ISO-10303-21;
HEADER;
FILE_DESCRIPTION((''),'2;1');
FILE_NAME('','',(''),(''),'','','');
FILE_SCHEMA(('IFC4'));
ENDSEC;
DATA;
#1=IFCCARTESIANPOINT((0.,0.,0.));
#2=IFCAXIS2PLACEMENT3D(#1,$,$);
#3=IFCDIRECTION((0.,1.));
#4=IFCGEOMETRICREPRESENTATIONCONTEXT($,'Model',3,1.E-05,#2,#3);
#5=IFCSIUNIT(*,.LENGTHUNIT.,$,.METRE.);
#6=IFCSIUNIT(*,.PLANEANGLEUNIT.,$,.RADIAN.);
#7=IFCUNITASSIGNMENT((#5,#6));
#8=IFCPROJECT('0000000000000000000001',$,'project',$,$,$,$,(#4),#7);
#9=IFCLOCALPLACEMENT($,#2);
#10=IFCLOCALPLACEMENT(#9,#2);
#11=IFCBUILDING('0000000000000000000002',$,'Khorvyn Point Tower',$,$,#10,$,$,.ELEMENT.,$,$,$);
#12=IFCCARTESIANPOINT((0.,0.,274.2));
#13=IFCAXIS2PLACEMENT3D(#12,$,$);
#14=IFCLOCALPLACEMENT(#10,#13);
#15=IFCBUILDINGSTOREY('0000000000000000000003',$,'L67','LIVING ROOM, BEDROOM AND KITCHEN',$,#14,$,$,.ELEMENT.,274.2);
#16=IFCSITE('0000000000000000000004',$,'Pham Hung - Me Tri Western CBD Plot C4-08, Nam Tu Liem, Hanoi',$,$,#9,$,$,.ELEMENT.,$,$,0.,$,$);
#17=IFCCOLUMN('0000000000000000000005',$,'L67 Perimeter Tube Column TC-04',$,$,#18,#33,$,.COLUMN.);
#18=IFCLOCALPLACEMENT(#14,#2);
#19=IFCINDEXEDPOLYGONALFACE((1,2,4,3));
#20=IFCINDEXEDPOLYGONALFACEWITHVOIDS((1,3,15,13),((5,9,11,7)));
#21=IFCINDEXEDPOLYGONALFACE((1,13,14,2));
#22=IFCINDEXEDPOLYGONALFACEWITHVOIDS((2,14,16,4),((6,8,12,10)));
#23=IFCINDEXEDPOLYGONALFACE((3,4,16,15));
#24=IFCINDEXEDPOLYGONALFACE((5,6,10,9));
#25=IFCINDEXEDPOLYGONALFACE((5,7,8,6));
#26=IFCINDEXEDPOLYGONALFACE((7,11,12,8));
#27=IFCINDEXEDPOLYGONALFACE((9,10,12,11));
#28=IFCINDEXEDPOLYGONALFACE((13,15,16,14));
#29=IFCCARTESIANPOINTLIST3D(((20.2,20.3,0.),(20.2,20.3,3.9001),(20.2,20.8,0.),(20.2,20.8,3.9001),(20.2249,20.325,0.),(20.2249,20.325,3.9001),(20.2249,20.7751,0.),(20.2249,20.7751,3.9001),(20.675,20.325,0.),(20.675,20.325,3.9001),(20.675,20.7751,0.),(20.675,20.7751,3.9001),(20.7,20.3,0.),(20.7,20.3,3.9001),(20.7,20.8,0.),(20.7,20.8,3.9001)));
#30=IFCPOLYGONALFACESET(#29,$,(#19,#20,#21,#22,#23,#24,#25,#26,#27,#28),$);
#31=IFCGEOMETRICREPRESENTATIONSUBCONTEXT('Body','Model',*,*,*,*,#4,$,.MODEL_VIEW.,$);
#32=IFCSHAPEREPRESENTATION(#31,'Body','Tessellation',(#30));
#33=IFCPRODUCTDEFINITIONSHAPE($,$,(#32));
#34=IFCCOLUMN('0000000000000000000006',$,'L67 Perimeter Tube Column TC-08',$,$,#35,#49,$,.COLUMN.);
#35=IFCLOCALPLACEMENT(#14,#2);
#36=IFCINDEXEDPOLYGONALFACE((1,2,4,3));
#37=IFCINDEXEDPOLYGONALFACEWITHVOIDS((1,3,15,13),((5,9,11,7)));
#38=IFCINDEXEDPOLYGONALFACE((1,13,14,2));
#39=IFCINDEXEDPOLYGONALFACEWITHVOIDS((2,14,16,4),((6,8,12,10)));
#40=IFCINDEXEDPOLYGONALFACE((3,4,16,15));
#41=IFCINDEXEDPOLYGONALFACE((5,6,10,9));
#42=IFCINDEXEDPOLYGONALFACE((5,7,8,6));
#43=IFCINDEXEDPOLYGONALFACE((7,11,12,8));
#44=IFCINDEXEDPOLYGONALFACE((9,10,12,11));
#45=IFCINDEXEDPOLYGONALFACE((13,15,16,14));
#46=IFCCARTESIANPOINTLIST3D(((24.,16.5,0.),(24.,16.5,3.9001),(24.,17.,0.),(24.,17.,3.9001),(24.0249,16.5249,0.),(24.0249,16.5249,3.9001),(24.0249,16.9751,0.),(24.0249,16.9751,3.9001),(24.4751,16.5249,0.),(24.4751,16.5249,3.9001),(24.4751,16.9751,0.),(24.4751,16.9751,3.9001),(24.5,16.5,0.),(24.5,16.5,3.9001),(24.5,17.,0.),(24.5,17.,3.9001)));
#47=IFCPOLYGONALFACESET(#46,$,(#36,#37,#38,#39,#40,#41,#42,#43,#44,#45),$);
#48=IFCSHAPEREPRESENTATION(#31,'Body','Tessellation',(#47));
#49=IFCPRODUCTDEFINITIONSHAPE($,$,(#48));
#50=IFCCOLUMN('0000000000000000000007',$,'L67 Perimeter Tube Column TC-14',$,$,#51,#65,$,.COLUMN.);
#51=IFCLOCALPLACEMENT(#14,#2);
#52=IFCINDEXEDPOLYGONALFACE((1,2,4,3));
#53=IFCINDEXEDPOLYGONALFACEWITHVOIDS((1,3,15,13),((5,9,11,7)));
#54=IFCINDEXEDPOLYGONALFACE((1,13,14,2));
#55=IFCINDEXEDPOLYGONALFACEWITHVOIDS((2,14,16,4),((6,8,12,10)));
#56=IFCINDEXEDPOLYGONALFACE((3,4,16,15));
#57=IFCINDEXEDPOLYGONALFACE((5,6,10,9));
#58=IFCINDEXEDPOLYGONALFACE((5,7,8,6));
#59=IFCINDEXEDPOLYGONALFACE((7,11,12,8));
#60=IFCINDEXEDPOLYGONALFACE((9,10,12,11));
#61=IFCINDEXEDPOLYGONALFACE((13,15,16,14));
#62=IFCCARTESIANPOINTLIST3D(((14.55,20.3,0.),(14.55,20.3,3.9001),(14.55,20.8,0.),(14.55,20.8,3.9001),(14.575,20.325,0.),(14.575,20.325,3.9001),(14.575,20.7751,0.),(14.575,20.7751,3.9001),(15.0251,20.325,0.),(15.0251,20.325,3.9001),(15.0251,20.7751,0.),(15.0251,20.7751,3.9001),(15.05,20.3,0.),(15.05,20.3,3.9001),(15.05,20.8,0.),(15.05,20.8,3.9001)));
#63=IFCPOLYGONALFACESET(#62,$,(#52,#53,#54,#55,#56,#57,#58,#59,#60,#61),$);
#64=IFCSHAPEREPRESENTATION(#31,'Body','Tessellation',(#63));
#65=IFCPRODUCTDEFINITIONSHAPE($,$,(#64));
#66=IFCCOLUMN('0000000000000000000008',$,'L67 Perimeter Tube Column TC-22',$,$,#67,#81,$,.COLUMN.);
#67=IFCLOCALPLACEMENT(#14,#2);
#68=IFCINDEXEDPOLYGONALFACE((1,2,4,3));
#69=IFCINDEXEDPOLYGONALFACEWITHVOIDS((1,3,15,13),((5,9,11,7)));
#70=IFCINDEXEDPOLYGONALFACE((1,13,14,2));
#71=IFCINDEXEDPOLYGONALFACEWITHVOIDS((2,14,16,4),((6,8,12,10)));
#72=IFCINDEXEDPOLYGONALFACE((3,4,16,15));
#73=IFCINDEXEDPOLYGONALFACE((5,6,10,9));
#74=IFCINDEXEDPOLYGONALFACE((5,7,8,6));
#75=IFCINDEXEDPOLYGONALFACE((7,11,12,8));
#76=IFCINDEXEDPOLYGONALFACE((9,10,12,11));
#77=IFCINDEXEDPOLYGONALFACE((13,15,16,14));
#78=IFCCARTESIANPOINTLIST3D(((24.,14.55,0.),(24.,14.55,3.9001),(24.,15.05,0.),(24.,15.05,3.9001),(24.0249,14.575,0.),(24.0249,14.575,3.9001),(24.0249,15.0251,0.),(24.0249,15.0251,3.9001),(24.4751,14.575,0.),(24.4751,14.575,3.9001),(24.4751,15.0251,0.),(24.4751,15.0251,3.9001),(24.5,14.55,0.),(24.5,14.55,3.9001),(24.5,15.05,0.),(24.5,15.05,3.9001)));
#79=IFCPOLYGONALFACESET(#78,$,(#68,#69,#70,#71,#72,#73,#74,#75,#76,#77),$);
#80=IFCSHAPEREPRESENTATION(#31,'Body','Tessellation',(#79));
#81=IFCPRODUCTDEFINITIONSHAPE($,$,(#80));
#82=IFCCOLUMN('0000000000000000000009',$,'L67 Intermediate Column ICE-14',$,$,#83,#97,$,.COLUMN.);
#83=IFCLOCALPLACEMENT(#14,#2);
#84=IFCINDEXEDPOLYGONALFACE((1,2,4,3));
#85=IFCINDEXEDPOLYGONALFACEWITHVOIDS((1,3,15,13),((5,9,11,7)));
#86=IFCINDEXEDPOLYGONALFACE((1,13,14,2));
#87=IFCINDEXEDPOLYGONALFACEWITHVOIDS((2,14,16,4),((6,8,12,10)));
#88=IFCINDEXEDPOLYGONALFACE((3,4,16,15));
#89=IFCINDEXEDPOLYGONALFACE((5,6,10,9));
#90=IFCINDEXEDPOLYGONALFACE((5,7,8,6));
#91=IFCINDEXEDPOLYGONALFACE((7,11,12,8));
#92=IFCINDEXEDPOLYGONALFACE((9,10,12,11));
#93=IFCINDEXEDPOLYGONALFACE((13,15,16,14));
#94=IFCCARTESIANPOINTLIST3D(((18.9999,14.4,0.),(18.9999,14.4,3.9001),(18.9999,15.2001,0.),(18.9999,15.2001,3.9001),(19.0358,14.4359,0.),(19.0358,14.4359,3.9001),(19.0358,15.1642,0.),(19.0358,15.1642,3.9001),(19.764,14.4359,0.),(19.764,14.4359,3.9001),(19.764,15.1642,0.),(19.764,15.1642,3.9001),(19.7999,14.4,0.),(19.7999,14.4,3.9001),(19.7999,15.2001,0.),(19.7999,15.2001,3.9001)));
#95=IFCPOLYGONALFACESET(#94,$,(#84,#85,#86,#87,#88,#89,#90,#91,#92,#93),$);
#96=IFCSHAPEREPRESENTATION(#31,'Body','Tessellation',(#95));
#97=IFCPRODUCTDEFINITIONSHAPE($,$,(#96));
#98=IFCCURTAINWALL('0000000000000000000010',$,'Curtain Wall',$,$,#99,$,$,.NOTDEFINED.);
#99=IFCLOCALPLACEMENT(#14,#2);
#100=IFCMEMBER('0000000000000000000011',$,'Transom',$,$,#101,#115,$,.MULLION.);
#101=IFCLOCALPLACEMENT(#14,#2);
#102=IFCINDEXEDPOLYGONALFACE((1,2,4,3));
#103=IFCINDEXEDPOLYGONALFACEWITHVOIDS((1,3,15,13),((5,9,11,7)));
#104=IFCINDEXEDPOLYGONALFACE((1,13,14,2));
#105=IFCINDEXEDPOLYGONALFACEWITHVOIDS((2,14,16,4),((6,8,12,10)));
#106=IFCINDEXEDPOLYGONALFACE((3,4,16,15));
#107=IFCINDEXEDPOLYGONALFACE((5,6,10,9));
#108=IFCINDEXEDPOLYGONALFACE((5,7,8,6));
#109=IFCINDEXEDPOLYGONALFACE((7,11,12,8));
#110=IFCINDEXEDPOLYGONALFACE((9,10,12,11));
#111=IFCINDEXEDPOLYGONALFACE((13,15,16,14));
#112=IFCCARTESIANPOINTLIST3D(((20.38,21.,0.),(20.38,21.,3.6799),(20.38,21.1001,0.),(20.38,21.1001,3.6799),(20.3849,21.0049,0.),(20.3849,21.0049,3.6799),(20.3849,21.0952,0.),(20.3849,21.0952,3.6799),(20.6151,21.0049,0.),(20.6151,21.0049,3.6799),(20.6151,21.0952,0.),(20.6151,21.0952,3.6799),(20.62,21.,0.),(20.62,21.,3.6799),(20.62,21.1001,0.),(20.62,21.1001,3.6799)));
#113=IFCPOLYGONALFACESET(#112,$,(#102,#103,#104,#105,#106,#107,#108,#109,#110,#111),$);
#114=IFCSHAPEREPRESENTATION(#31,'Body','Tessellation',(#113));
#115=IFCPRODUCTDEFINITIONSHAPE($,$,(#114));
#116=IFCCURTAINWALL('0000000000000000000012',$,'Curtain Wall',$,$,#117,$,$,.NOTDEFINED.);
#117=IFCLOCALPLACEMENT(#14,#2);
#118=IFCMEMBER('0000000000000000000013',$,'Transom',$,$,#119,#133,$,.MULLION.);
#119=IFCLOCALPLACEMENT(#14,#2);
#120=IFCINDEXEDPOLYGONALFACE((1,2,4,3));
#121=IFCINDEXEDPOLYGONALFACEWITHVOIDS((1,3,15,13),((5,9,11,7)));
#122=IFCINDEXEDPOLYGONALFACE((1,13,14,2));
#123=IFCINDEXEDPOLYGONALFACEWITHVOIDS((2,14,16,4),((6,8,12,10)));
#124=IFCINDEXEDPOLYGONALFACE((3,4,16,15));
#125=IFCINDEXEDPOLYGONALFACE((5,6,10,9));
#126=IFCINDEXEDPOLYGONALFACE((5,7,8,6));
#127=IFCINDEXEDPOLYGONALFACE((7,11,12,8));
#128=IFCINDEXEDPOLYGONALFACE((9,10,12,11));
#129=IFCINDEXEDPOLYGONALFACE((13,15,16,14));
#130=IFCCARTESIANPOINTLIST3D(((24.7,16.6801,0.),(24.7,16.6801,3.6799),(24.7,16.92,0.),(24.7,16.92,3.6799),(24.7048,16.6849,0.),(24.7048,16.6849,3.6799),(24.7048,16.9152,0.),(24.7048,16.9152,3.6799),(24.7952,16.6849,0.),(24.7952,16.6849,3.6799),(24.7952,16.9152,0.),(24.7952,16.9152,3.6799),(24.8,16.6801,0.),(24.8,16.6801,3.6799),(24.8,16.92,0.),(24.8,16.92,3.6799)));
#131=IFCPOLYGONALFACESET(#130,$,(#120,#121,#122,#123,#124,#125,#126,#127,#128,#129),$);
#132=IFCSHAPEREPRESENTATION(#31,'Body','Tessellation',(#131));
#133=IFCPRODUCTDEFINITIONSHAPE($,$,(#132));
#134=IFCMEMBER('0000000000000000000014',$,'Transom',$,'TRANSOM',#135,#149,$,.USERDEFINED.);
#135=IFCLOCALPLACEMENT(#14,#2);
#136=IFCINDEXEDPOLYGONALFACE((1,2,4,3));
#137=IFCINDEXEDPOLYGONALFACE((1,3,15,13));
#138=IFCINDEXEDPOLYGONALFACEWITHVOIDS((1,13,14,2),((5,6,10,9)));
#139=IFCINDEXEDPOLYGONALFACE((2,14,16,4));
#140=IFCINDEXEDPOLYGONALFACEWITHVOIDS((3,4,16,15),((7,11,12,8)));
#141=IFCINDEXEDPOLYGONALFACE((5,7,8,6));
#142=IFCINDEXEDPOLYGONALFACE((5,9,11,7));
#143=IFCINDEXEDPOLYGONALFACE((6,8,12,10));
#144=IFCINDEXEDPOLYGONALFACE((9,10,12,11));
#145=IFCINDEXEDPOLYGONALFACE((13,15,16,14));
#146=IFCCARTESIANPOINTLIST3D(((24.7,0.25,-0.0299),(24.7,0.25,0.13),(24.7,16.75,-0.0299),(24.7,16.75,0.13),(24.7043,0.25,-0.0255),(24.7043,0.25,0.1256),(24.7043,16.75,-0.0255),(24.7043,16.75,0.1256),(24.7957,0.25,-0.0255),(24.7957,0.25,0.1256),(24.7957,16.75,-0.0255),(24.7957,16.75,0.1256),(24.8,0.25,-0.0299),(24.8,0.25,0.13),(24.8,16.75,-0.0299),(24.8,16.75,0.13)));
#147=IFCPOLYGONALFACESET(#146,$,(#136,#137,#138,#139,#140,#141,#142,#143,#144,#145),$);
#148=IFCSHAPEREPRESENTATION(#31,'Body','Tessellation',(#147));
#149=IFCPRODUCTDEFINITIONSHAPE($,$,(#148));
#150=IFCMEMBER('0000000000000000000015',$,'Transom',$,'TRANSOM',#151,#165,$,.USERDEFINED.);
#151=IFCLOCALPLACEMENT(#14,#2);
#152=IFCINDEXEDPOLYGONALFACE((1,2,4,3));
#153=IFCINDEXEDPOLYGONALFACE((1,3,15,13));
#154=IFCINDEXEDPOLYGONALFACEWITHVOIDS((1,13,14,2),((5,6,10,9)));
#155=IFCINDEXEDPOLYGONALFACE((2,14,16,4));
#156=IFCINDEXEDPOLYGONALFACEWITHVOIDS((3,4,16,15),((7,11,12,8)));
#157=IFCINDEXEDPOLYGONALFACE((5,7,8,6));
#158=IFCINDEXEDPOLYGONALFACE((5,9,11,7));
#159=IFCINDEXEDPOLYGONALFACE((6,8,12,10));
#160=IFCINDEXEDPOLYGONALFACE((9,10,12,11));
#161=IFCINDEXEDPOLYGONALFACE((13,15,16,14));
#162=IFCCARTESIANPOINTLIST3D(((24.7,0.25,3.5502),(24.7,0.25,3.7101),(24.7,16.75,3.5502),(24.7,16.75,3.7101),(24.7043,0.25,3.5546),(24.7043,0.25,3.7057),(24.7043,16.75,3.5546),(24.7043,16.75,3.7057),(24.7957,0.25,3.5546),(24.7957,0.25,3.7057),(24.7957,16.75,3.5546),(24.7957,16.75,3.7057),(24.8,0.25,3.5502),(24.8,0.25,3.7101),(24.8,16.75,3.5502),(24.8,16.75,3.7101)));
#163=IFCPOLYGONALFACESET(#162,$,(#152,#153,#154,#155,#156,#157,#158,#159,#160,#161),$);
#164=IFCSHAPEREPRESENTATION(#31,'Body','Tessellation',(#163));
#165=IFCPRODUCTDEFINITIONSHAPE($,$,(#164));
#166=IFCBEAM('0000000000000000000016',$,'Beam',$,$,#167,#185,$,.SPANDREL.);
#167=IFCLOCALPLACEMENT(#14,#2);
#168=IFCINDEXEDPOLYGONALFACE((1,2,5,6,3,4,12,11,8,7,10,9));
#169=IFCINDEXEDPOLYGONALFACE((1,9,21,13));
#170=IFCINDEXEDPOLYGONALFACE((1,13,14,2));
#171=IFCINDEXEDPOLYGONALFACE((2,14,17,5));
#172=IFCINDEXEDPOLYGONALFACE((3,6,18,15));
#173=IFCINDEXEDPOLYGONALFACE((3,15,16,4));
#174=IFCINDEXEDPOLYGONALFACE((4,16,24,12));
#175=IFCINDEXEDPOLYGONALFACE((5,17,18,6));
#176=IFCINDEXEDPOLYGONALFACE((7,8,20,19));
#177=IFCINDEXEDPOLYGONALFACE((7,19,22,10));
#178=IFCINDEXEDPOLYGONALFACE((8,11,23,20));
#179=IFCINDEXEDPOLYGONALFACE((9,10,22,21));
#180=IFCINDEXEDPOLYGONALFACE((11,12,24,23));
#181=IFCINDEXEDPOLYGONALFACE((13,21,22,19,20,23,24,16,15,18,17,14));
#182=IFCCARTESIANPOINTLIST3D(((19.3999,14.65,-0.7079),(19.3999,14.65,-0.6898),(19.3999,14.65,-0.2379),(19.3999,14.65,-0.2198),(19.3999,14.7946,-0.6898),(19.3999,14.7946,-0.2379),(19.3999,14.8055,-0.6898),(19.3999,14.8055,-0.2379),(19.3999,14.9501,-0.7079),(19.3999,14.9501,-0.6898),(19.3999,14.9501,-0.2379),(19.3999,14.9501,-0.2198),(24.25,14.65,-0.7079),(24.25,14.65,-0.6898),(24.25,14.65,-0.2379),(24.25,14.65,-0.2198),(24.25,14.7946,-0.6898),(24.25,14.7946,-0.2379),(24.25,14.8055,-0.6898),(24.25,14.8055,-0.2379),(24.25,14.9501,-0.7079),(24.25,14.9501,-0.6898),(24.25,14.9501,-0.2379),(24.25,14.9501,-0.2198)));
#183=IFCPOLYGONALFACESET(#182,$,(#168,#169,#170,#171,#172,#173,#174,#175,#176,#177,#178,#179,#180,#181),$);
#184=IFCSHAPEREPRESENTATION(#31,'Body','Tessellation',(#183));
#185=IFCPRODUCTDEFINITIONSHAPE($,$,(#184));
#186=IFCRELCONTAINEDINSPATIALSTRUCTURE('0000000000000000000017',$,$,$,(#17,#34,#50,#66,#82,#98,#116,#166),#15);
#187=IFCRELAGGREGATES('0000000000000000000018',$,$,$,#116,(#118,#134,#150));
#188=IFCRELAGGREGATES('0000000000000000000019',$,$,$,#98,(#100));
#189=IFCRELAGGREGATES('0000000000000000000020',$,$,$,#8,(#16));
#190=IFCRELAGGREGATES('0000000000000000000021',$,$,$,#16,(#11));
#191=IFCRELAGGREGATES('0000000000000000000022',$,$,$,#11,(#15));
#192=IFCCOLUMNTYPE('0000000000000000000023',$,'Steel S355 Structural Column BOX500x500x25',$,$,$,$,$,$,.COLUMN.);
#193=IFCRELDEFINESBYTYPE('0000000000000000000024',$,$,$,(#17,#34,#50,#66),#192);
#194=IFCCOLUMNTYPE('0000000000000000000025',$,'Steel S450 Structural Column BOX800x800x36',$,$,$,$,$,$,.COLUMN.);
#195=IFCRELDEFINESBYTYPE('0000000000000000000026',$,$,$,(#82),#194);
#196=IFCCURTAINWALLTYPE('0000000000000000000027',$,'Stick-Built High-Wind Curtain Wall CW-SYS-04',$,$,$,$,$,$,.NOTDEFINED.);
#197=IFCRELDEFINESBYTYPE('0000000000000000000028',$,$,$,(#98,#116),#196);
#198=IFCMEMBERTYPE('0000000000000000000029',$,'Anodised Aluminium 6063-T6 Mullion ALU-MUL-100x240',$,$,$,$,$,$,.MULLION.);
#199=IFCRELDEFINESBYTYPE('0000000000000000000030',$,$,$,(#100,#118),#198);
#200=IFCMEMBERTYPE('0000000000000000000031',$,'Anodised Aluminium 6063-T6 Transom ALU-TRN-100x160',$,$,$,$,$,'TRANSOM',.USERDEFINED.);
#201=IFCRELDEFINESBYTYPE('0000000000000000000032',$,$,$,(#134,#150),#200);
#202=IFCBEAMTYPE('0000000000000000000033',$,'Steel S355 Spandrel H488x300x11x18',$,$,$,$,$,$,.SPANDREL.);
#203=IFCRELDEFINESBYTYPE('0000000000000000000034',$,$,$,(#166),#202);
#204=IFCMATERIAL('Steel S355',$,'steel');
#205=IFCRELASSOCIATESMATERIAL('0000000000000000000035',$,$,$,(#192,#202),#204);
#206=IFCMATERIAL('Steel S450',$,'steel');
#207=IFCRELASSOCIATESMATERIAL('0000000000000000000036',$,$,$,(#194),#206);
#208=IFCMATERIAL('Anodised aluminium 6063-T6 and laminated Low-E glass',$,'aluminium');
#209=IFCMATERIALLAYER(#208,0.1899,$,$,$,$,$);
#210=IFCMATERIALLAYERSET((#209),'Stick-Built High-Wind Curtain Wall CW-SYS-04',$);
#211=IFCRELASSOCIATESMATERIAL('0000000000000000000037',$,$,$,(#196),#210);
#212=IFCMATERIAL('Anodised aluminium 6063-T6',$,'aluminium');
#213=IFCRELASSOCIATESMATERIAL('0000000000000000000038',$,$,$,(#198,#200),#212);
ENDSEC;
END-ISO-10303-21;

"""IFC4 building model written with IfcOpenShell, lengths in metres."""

from ifc_helpers import new_model, si_unit, direction, frame, origin, origin_2d, place, context, subcontext, project, spatial, hollow_rectangle, i_section, extrude, material, layer, layer_set, material_profile, profile_set, type_object, element, aggregate, save


model = new_model("IFC4")

# Units and contexts
model_context = context("Model", 3, precision=1e-05, world=origin(), true_north=direction((0.0, 1.0)))
body_context = subcontext(model_context, "Body", "Model", "MODEL_VIEW")
ifc_project = project(units=[si_unit("LENGTHUNIT", "METRE"), si_unit("PLANEANGLEUNIT", "RADIAN")], contexts=[model_context])

# Site, building, storey
site_placement = place(None, origin())
site = spatial("IfcSite", under=ifc_project, at=site_placement, Name="Pham Hung - Me Tri Western CBD Plot C4-08, Nam Tu Liem, Hanoi", CompositionType="ELEMENT", RefElevation=0.0)
building_placement = place(site_placement, origin())
building = spatial("IfcBuilding", under=site, at=building_placement, Name="Khorvyn Point Tower", CompositionType="ELEMENT")
storey_placement = place(building_placement, frame((0.0, 0.0, 274.2)))
storey = spatial("IfcBuildingStorey", under=building, at=storey_placement, Name="L67", Description="LIVING ROOM, BEDROOM AND KITCHEN", CompositionType="ELEMENT", Elevation=274.2)

# Columns
ifc_material_1 = material(Name="Steel S355", Category="steel")
ifc_material_profile_1 = material_profile(ifc_material_1, hollow_rectangle(XDim=0.5, YDim=0.5, WallThickness=0.0249, at=origin_2d()))
ifc_profile_set_1 = profile_set([ifc_material_profile_1], Name="Steel S355 BOX500x500x25")
column_type_1 = type_object("IfcColumnType", Name="Steel S355 Structural Column BOX500x500x25", PredefinedType="COLUMN", material=ifc_profile_set_1)
for number, where, z_axis, x_axis, name in (
    (1, (20.45, 20.55, 0.0), (0.0, 0.0, 1.0), (1.0, 0.0, 0.0), "L67 Perimeter Tube Column TC-04"),
    (2, (24.25, 16.75, 0.0), (0.0, 0.0, 1.0), (1.0, 0.0, 0.0), "L67 Perimeter Tube Column TC-08"),
    (3, (14.8, 20.55, 0.0), (0.0, 0.0, 1.0), (1.0, 0.0, 0.0), "L67 Perimeter Tube Column TC-14"),
    (4, (24.25, 14.8, 0.0), (0.0, 0.0, 1.0), (1.0, 0.0, 0.0), "L67 Perimeter Tube Column TC-22"),
):
    element("IfcColumn", number, at=place(storey_placement, frame(where, z_axis=z_axis, x_axis=x_axis)), inside=storey, type_object=column_type_1, Name=name, PredefinedType="COLUMN", context=body_context, shape_type="SweptSolid", body=[
        extrude(hollow_rectangle(XDim=0.5, YDim=0.5, WallThickness=0.0249, at=origin_2d()), origin(), (0.0, 0.0, 1.0), 3.9001),
    ])
ifc_material_2 = material(Name="Steel S450", Category="steel")
ifc_material_profile_2 = material_profile(ifc_material_2, hollow_rectangle(XDim=0.8, YDim=0.8, WallThickness=0.0359, at=origin_2d()))
ifc_profile_set_2 = profile_set([ifc_material_profile_2], Name="Steel S450 BOX800x800x36")
column_type_2 = type_object("IfcColumnType", Name="Steel S450 Structural Column BOX800x800x36", PredefinedType="COLUMN", material=ifc_profile_set_2)
column_placement = place(storey_placement, frame((19.3999, 14.8, 0.0), z_axis=(0.0, 0.0, 1.0), x_axis=(1.0, 0.0, 0.0)))
element("IfcColumn", 5, at=column_placement, inside=storey, type_object=column_type_2, Name="L67 Intermediate Column ICE-14", PredefinedType="COLUMN", context=body_context, shape_type="SweptSolid", body=[
    extrude(hollow_rectangle(XDim=0.8, YDim=0.8, WallThickness=0.0359, at=origin_2d()), origin(), (0.0, 0.0, 1.0), 3.9001),
])

# Curtain wall, member
ifc_material_3 = material(Name="Anodised aluminium 6063-T6 and laminated Low-E glass", Category="aluminium")
ifc_layer_1 = layer(ifc_material_3, 0.1899)
ifc_layer_set_1 = layer_set([ifc_layer_1], Name="Stick-Built High-Wind Curtain Wall CW-SYS-04")
curtain_wall_type = type_object("IfcCurtainWallType", Name="Stick-Built High-Wind Curtain Wall CW-SYS-04", PredefinedType="NOTDEFINED", material=ifc_layer_set_1)
curtain_wall_1_placement = place(storey_placement, origin())
curtain_wall_1 = element("IfcCurtainWall", 6, at=curtain_wall_1_placement, inside=storey, type_object=curtain_wall_type, Name="Curtain Wall", PredefinedType="NOTDEFINED")
ifc_material_4 = material(Name="Anodised aluminium 6063-T6", Category="aluminium")
ifc_material_profile_3 = material_profile(ifc_material_4, hollow_rectangle(XDim=0.1001, YDim=0.24, WallThickness=0.0049, at=origin_2d()))
ifc_profile_set_3 = profile_set([ifc_material_profile_3], Name="Anodised aluminium 6063-T6 ALU-MUL-100x240")
member_type_1 = type_object("IfcMemberType", Name="Anodised Aluminium 6063-T6 Mullion ALU-MUL-100x240", PredefinedType="MULLION", material=ifc_profile_set_3)
member_1_placement = place(storey_placement, frame((20.5, 21.05, 0.0), z_axis=(0.0, 0.0, 1.0), x_axis=(0.0, 1.0, 0.0)))
member_1 = element("IfcMember", 7, at=member_1_placement, type_object=member_type_1, Name="Transom", PredefinedType="MULLION", context=body_context, shape_type="SweptSolid", body=[
    extrude(hollow_rectangle(XDim=0.1001, YDim=0.24, WallThickness=0.0049, at=origin_2d()), origin(), (0.0, 0.0, 1.0), 3.6799),
])

# Curtain wall, members
curtain_wall_2_placement = place(storey_placement, origin())
curtain_wall_2 = element("IfcCurtainWall", 8, at=curtain_wall_2_placement, inside=storey, type_object=curtain_wall_type, Name="Curtain Wall", PredefinedType="NOTDEFINED")
member_2_placement = place(storey_placement, frame((24.75, 16.8, 0.0), z_axis=(0.0, 0.0, 1.0), x_axis=(1.0, 0.0, 0.0)))
member_2 = element("IfcMember", 9, at=member_2_placement, type_object=member_type_1, Name="Transom", PredefinedType="MULLION", context=body_context, shape_type="SweptSolid", body=[
    extrude(hollow_rectangle(XDim=0.1001, YDim=0.24, WallThickness=0.0049, at=origin_2d()), origin(), (0.0, 0.0, 1.0), 3.6799),
])
ifc_material_profile_4 = material_profile(ifc_material_4, hollow_rectangle(XDim=0.1001, YDim=0.1599, WallThickness=0.0044, at=origin_2d()))
ifc_profile_set_4 = profile_set([ifc_material_profile_4], Name="Anodised aluminium 6063-T6 ALU-TRN-100x160")
member_type_2 = type_object("IfcMemberType", Name="Anodised Aluminium 6063-T6 Transom ALU-TRN-100x160", ElementType="TRANSOM", PredefinedType="USERDEFINED", material=ifc_profile_set_4)
member_3_placement = place(storey_placement, frame((24.75, 16.75, 0.05), z_axis=(0.0, -1.0, 0.0), x_axis=(1.0, 0.0, 0.0)))
member_3 = element("IfcMember", 10, at=member_3_placement, type_object=member_type_2, Name="Transom", ObjectType="TRANSOM", PredefinedType="USERDEFINED", context=body_context, shape_type="SweptSolid", body=[
    extrude(hollow_rectangle(XDim=0.1001, YDim=0.1599, WallThickness=0.0044, at=origin_2d()), origin(), (0.0, 0.0, 1.0), 16.5),
])
member_4_placement = place(storey_placement, frame((24.75, 16.75, 3.6301), z_axis=(0.0, -1.0, 0.0), x_axis=(1.0, 0.0, 0.0)))
member_4 = element("IfcMember", 11, at=member_4_placement, type_object=member_type_2, Name="Transom", ObjectType="TRANSOM", PredefinedType="USERDEFINED", context=body_context, shape_type="SweptSolid", body=[
    extrude(hollow_rectangle(XDim=0.1001, YDim=0.1599, WallThickness=0.0044, at=origin_2d()), origin(), (0.0, 0.0, 1.0), 16.5),
])
aggregate(curtain_wall_2, [member_2, member_3, member_4])

# Beam
ifc_material_profile_5 = material_profile(ifc_material_1, i_section(OverallWidth=0.3, OverallDepth=0.488, WebThickness=0.011, FlangeThickness=0.0181, at=origin_2d()))
ifc_profile_set_5 = profile_set([ifc_material_profile_5], Name="Steel S355 H488x300x11x18")
beam_type_1 = type_object("IfcBeamType", Name="Steel S355 Spandrel H488x300x11x18", PredefinedType="SPANDREL", material=ifc_profile_set_5)
beam_1_placement = place(storey_placement, frame((19.3999, 14.8, -0.4639), z_axis=(1.0, 0.0, 0.0), x_axis=(0.0, 1.0, 0.0)))
element("IfcBeam", 12, at=beam_1_placement, inside=storey, type_object=beam_type_1, Name="Beam", PredefinedType="SPANDREL", context=body_context, shape_type="SweptSolid", body=[
    extrude(i_section(OverallWidth=0.3, OverallDepth=0.488, WebThickness=0.011, FlangeThickness=0.0181, at=origin_2d()), origin(), (0.0, 0.0, 1.0), 4.8501),
])

aggregate(curtain_wall_1, [member_1])

save(model, "model.ifc")
